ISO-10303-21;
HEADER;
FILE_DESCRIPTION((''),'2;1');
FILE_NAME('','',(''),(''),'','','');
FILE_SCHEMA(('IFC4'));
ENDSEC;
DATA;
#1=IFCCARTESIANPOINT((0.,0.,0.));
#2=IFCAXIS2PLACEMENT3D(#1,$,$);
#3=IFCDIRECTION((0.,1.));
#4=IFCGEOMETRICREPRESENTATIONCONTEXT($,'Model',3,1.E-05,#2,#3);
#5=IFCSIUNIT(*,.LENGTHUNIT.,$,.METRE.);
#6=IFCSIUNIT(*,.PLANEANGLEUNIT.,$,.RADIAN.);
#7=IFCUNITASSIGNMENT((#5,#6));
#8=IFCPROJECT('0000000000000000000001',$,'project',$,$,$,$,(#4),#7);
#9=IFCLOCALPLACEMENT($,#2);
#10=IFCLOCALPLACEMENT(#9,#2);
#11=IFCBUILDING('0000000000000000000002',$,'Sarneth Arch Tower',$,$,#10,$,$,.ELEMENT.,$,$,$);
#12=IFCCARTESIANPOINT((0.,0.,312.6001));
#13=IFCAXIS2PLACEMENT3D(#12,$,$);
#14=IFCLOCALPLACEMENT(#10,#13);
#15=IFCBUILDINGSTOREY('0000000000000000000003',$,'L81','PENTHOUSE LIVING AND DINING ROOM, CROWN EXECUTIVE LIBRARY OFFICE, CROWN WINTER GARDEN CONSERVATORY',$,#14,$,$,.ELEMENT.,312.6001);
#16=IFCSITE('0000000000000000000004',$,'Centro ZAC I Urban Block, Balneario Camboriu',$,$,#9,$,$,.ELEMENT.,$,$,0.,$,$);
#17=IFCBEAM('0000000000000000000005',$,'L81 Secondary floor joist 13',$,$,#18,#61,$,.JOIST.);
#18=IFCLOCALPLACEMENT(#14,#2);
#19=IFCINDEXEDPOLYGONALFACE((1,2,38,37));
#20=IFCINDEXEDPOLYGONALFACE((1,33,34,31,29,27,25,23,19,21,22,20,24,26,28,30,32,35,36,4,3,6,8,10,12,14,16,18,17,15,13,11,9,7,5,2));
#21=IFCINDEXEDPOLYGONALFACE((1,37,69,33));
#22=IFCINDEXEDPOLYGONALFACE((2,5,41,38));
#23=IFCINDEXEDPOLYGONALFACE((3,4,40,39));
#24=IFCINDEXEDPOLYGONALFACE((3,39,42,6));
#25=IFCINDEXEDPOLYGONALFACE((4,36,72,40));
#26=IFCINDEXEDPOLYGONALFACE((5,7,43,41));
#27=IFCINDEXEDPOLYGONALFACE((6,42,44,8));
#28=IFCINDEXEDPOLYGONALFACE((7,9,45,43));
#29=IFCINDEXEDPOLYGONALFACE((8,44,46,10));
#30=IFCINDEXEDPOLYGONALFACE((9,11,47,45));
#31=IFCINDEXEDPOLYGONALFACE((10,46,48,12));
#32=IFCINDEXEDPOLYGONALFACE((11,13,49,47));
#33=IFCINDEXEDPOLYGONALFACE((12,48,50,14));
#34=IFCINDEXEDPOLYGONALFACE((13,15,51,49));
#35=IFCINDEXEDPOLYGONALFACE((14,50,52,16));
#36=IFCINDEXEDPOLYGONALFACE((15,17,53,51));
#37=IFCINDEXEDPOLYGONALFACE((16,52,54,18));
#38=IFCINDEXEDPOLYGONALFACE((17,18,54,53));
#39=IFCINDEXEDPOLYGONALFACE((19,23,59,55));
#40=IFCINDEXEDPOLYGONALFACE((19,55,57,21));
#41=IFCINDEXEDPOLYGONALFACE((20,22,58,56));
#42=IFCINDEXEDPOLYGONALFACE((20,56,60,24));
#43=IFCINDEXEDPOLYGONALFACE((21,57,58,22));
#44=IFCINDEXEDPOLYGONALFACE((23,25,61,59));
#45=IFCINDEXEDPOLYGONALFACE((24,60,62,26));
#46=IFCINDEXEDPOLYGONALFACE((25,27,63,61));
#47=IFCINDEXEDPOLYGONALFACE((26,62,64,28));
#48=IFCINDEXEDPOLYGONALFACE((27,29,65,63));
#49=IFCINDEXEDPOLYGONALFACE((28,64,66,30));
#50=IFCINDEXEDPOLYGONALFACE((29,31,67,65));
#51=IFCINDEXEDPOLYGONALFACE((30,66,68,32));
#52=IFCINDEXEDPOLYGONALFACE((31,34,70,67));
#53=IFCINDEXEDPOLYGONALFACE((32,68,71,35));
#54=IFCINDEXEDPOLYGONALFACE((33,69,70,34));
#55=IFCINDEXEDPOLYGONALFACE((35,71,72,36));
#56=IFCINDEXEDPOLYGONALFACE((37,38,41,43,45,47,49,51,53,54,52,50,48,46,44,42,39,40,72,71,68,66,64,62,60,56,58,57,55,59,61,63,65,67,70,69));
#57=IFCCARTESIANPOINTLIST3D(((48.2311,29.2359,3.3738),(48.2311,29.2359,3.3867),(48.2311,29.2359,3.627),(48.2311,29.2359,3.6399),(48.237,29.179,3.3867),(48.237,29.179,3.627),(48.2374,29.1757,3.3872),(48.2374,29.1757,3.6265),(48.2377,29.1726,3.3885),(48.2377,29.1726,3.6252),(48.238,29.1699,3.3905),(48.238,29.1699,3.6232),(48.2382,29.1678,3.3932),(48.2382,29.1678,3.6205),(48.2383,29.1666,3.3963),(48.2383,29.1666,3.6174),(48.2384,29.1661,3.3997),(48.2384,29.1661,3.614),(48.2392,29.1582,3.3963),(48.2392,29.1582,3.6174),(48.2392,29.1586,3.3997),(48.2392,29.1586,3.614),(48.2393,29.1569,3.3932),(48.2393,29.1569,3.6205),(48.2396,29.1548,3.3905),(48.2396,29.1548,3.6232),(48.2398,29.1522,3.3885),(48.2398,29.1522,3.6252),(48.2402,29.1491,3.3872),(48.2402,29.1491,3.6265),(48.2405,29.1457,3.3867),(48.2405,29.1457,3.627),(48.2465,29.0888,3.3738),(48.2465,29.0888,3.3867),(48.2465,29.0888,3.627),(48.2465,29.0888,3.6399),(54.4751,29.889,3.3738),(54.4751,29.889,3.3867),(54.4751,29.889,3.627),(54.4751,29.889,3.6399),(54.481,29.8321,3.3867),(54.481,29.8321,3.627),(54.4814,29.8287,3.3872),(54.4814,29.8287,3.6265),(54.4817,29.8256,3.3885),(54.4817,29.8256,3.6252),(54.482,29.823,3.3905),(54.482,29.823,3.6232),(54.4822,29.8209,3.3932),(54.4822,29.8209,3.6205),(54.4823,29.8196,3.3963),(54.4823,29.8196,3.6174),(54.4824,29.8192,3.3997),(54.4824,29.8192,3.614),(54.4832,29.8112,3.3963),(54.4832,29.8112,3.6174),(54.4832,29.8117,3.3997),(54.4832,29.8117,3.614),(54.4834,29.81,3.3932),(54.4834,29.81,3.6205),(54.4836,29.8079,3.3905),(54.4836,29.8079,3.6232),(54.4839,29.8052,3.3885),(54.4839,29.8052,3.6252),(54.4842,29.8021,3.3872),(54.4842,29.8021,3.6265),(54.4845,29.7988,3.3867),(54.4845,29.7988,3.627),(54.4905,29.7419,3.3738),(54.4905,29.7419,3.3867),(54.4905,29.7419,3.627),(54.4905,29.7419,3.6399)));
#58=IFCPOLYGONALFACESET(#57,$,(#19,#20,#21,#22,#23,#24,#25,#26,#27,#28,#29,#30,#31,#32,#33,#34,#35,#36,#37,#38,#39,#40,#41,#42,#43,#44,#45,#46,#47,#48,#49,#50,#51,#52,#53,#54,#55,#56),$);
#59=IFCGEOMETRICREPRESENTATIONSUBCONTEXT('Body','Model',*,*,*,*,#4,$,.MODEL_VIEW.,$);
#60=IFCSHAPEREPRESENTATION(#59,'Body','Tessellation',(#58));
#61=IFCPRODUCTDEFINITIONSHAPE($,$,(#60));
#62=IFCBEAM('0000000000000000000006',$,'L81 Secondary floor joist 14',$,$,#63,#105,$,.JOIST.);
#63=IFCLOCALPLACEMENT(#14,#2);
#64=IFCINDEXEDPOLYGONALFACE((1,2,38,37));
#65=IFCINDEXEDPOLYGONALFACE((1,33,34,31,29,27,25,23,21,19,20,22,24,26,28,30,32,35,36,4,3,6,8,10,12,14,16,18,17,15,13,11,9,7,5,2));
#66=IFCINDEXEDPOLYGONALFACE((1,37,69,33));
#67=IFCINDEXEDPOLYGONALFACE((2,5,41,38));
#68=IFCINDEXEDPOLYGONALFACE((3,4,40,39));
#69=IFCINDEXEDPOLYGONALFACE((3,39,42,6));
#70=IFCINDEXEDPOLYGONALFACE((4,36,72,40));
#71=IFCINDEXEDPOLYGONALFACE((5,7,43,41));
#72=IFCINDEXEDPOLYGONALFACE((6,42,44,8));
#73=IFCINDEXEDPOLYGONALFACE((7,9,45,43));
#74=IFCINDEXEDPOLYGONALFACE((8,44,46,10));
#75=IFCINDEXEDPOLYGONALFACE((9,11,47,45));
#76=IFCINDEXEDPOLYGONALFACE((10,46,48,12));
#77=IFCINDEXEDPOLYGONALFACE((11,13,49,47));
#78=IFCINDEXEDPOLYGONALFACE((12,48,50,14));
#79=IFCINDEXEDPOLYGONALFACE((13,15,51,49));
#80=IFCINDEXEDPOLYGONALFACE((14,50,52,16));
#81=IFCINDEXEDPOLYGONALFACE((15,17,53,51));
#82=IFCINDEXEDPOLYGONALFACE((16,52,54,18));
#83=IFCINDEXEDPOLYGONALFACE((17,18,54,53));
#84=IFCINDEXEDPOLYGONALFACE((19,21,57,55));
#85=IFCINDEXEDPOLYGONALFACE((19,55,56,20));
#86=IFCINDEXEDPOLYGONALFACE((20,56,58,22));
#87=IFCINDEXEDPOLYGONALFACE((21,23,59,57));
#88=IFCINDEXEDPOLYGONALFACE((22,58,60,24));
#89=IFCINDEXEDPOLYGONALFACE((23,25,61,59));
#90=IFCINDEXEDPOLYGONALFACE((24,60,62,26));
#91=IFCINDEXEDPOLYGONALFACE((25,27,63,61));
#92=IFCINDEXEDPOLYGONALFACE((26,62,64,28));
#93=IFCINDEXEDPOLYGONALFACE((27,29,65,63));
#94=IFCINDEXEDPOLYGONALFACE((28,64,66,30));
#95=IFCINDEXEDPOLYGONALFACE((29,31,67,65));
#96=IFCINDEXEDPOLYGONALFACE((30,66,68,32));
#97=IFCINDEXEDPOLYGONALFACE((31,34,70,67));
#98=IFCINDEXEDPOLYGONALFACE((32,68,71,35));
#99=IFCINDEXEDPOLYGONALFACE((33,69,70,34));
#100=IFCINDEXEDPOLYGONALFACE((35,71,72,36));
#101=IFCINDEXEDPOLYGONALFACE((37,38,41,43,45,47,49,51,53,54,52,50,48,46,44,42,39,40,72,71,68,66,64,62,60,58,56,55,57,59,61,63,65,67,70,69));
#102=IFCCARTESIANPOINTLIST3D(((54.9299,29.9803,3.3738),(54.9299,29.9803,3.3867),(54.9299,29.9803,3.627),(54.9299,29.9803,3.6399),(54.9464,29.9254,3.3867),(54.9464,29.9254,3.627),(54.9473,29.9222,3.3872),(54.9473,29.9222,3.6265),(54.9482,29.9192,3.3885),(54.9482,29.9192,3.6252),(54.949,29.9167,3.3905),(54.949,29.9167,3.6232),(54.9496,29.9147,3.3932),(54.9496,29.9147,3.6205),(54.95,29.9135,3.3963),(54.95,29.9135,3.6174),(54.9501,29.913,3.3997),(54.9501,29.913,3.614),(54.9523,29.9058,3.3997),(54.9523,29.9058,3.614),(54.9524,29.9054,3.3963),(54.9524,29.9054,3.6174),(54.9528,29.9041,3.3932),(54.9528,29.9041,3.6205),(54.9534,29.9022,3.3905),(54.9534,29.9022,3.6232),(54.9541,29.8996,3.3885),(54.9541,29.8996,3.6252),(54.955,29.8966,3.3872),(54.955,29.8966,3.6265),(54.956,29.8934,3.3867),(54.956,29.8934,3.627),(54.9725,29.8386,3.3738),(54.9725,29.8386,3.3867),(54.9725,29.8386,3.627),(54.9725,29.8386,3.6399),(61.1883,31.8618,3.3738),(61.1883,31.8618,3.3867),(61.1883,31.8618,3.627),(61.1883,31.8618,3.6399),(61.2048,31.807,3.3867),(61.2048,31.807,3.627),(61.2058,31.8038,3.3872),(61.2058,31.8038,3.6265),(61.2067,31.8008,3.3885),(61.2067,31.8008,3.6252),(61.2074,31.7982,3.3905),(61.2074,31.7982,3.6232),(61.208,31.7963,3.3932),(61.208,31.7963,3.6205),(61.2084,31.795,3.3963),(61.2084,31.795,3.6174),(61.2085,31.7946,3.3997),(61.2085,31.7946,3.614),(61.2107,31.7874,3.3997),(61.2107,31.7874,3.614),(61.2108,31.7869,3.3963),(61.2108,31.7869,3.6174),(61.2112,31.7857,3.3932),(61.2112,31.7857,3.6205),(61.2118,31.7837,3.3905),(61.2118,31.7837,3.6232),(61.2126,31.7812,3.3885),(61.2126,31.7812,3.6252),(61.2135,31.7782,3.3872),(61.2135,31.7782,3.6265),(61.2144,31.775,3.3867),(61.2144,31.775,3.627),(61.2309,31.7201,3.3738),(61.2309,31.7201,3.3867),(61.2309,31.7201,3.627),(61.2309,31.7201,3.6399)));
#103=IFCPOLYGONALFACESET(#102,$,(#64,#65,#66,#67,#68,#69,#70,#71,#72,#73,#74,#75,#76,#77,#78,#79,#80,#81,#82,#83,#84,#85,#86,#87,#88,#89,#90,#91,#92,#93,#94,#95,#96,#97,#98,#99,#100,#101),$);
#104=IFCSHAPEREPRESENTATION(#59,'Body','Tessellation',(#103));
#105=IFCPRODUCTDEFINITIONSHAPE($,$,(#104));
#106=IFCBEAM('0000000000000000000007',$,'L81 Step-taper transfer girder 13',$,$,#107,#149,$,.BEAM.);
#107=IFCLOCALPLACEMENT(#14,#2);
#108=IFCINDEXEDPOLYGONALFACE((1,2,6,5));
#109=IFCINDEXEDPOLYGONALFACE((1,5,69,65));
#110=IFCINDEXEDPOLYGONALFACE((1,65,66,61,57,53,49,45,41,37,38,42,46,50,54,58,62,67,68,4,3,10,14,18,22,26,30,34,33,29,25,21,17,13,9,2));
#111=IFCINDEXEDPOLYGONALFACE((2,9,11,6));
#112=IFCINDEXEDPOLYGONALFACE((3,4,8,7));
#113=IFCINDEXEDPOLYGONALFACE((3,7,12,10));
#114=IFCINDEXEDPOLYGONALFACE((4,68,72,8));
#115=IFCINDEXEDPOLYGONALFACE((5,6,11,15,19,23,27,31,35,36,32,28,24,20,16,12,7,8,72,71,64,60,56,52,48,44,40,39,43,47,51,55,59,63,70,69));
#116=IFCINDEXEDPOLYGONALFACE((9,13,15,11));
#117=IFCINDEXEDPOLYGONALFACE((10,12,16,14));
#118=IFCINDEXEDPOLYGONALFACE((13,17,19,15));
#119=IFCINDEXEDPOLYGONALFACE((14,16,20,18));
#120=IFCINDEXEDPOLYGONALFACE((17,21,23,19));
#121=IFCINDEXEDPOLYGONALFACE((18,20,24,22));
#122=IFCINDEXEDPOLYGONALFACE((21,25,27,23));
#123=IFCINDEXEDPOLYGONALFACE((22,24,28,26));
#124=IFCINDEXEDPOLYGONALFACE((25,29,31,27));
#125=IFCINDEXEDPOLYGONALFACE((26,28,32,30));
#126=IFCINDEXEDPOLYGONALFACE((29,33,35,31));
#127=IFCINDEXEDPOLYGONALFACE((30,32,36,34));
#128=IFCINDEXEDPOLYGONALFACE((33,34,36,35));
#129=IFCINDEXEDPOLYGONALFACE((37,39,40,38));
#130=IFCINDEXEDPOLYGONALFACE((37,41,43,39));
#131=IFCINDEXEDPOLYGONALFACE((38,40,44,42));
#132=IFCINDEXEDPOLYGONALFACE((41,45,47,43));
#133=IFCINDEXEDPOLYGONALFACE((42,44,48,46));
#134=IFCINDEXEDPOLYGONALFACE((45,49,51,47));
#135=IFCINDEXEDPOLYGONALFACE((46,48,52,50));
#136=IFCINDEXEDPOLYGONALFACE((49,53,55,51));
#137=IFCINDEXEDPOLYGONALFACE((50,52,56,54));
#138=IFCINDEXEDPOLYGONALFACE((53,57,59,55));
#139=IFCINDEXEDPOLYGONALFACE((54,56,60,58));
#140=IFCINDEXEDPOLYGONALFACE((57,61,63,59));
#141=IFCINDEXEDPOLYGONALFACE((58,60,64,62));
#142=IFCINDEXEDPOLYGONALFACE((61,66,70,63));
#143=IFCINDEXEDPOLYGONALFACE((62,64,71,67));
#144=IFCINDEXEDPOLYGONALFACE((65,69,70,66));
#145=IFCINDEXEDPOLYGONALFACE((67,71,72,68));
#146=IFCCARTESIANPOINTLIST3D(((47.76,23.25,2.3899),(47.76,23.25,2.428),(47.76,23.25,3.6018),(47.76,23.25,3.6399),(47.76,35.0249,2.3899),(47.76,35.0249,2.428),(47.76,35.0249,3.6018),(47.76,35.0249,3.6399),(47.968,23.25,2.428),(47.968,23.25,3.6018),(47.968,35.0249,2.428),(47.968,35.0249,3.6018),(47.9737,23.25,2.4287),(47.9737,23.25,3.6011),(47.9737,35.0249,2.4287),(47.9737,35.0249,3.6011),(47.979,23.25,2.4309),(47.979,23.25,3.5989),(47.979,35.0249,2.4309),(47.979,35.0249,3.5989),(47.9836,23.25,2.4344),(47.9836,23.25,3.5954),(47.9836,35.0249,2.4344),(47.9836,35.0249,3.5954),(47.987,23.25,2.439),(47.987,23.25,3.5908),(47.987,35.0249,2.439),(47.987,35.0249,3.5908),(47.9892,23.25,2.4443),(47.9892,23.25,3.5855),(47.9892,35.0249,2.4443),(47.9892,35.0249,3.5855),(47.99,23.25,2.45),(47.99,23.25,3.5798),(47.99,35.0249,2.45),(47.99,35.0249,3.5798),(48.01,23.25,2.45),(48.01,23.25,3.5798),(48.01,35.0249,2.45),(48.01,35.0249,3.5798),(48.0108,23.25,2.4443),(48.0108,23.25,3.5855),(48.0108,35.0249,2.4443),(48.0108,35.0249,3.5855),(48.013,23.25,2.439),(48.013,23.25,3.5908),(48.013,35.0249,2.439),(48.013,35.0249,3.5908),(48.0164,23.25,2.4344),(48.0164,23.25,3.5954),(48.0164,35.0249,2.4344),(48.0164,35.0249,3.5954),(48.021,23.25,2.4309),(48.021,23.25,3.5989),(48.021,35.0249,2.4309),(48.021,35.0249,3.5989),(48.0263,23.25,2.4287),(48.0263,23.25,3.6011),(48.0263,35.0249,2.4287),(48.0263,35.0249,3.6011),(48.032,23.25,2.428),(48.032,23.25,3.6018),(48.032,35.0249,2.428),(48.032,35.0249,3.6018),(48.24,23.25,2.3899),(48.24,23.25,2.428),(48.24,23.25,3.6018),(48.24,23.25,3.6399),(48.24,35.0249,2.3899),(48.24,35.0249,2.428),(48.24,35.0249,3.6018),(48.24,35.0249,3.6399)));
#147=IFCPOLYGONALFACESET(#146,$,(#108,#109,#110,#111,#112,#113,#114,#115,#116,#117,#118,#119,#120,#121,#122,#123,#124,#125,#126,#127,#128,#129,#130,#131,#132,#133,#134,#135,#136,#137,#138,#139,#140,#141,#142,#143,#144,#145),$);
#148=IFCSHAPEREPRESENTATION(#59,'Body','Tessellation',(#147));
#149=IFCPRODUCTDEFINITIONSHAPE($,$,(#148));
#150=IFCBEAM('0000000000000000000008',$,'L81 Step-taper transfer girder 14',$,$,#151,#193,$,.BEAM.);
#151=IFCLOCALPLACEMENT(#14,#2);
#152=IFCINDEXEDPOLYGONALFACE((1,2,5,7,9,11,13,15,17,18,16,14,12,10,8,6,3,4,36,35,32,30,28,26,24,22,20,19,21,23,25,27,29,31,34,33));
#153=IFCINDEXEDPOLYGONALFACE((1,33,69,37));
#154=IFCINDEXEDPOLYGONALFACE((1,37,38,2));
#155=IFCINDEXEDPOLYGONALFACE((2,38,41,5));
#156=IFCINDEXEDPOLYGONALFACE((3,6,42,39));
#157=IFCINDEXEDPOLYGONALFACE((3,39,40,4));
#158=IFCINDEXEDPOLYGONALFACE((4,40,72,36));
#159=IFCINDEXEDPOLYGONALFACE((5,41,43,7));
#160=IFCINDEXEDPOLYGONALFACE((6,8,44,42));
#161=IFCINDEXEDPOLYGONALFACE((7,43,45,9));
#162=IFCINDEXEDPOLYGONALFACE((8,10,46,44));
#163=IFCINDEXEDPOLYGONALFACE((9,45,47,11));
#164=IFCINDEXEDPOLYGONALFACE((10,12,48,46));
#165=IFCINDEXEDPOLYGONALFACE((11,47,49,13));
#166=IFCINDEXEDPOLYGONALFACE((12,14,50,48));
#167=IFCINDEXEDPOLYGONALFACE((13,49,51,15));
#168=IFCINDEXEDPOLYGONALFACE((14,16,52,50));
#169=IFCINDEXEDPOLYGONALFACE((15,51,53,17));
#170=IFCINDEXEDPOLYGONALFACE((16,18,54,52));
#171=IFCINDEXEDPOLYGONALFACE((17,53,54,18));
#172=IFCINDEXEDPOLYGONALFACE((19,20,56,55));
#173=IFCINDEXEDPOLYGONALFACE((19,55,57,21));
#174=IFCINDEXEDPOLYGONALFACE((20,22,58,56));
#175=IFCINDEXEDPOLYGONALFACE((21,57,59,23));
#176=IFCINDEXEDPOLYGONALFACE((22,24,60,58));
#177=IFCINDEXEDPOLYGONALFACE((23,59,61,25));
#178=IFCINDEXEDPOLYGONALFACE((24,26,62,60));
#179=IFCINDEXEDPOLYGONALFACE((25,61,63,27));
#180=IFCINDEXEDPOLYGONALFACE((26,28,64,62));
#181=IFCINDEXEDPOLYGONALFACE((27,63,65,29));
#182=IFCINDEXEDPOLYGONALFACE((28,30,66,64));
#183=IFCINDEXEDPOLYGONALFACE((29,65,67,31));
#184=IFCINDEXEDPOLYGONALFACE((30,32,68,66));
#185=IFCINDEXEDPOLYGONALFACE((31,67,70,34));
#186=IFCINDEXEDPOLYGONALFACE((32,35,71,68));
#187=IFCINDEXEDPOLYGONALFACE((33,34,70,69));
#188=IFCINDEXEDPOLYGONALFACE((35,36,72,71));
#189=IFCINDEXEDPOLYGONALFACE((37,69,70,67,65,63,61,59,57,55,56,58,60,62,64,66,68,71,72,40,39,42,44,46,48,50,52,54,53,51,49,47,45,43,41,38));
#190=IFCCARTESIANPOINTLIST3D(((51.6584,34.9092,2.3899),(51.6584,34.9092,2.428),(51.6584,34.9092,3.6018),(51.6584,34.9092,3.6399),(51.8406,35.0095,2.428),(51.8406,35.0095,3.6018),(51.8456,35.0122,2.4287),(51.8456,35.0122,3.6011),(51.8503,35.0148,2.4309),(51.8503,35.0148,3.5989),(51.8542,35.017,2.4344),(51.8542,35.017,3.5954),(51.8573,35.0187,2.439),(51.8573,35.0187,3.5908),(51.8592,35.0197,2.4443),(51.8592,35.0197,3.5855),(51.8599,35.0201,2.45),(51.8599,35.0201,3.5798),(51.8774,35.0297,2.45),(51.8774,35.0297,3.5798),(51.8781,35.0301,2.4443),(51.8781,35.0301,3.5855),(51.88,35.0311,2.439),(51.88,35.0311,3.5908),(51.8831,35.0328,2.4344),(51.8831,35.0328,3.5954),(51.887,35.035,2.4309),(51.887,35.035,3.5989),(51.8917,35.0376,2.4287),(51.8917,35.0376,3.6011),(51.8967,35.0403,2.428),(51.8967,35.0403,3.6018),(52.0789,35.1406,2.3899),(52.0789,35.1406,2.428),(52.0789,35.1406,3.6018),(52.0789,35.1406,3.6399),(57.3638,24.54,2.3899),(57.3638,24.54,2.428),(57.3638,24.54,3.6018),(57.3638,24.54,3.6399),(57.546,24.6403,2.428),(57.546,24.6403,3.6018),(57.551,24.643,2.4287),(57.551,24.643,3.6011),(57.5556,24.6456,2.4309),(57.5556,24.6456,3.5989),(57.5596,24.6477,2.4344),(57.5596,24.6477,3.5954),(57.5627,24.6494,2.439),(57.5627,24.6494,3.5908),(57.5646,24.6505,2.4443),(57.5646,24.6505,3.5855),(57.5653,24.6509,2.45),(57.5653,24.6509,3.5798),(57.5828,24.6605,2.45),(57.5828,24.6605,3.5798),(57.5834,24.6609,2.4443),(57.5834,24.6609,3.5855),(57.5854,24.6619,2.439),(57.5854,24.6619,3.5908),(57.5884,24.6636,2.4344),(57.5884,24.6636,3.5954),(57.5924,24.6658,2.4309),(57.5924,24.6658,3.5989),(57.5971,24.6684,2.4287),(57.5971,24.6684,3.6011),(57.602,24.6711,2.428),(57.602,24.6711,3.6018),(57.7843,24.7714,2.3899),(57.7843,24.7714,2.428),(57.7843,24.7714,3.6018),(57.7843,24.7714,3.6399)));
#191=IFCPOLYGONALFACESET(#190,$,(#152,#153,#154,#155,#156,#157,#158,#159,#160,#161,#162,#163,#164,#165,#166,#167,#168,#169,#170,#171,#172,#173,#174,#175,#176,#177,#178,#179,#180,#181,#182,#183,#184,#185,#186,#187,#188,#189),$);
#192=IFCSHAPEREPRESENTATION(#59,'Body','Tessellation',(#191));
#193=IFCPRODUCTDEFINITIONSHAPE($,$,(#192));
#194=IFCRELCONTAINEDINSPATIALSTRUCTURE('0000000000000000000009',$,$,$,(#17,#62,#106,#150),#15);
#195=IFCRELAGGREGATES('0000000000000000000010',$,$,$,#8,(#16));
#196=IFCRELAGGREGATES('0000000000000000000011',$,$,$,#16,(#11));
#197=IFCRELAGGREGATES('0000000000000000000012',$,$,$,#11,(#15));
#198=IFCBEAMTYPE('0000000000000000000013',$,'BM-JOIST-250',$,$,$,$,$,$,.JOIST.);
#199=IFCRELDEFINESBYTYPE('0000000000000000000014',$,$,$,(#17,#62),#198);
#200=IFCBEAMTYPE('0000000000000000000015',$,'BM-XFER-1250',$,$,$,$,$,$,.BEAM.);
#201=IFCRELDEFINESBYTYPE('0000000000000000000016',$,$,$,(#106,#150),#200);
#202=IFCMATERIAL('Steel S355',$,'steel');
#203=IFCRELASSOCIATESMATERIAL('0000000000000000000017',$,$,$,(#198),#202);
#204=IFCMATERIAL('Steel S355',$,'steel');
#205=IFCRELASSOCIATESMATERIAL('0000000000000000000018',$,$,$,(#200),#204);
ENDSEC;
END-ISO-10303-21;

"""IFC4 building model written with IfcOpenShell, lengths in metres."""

from ifc_helpers import new_model, si_unit, direction, frame, origin, origin_2d, place, context, subcontext, project, spatial, i_section, extrude, material, material_profile, profile_set, type_object, element, save


model = new_model("IFC4")

# Units and contexts
model_context = context("Model", 3, precision=1e-05, world=origin(), true_north=direction((0.0, 1.0)))
body_context = subcontext(model_context, "Body", "Model", "MODEL_VIEW")
ifc_project = project(units=[si_unit("LENGTHUNIT", "METRE"), si_unit("PLANEANGLEUNIT", "RADIAN")], contexts=[model_context])

# Site, building, storey
site_placement = place(None, origin())
site = spatial("IfcSite", under=ifc_project, at=site_placement, Name="Centro ZAC I Urban Block, Balneario Camboriu", CompositionType="ELEMENT", RefElevation=0.0)
building_placement = place(site_placement, origin())
building = spatial("IfcBuilding", under=site, at=building_placement, Name="Sarneth Arch Tower", CompositionType="ELEMENT")
storey_placement = place(building_placement, frame((0.0, 0.0, 312.6001)))
storey = spatial("IfcBuildingStorey", under=building, at=storey_placement, Name="L81", Description="PENTHOUSE LIVING AND DINING ROOM, CROWN EXECUTIVE LIBRARY OFFICE, CROWN WINTER GARDEN CONSERVATORY", CompositionType="ELEMENT", Elevation=312.6001)

# Beams
ifc_material_1 = material(Name="Steel S355", Category="steel")
ifc_material_profile_1 = material_profile(ifc_material_1, i_section(OverallWidth=0.1479, OverallDepth=0.2661, WebThickness=0.0076, FlangeThickness=0.0129, FilletRadius=0.0129, at=origin_2d()), Name="W250x44.8")
ifc_profile_set_1 = profile_set([ifc_material_profile_1], Name="Steel S355")
beam_type_1 = type_object("IfcBeamType", Name="BM-JOIST-250", PredefinedType="JOIST", material=ifc_profile_set_1)
beam_1_placement = place(storey_placement, frame((48.2388, 29.1624, 3.5068), z_axis=(0.994574, 0.104027, 0.0), x_axis=(-0.104027, 0.994574, 0.0)))
element("IfcBeam", 1, at=beam_1_placement, inside=storey, type_object=beam_type_1, Name="L81 Secondary floor joist 13", PredefinedType="JOIST", context=body_context, shape_type="SweptSolid", body=[
    extrude(i_section(OverallWidth=0.1479, OverallDepth=0.2661, WebThickness=0.0076, FlangeThickness=0.0129, FilletRadius=0.0129, at=origin_2d()), origin(), (0.0, 0.0, 1.0), 6.2781),
])
beam_2_placement = place(storey_placement, frame((54.9512, 29.9094, 3.5068), z_axis=(0.957656, 0.287913, 0.0), x_axis=(-0.287913, 0.957656, 0.0)))
element("IfcBeam", 2, at=beam_2_placement, inside=storey, type_object=beam_type_1, Name="L81 Secondary floor joist 14", PredefinedType="JOIST", context=body_context, shape_type="SweptSolid", body=[
    extrude(i_section(OverallWidth=0.1479, OverallDepth=0.2661, WebThickness=0.0076, FlangeThickness=0.0129, FilletRadius=0.0129, at=origin_2d()), origin(), (0.0, 0.0, 1.0), 6.5352),
])
ifc_material_2 = material(Name="Steel S355", Category="steel")
ifc_material_profile_2 = material_profile(ifc_material_2, i_section(OverallWidth=0.48, OverallDepth=1.25, WebThickness=0.02, FlangeThickness=0.0381, FilletRadius=0.022, at=origin_2d()), Name="CVS1250x520")
ifc_profile_set_2 = profile_set([ifc_material_profile_2], Name="Steel S355")
beam_type_2 = type_object("IfcBeamType", Name="BM-XFER-1250", PredefinedType="BEAM", material=ifc_profile_set_2)
beam_3_placement = place(storey_placement, frame((48.0, 35.0249, 3.0149), z_axis=(0.0, -1.0, 0.0), x_axis=(1.0, 0.0, 0.0)))
element("IfcBeam", 3, at=beam_3_placement, inside=storey, type_object=beam_type_2, Name="L81 Step-taper transfer girder 13", PredefinedType="BEAM", context=body_context, shape_type="SweptSolid", body=[
    extrude(i_section(OverallWidth=0.48, OverallDepth=1.25, WebThickness=0.02, FlangeThickness=0.0381, FilletRadius=0.022, at=origin_2d()), origin(), (0.0, 0.0, 1.0), 11.7749),
])
beam_4_placement = place(storey_placement, frame((51.8687, 35.0249, 3.0149), z_axis=(0.482068, -0.876134, 0.0), x_axis=(0.876134, 0.482068, 0.0)))
element("IfcBeam", 4, at=beam_4_placement, inside=storey, type_object=beam_type_2, Name="L81 Step-taper transfer girder 14", PredefinedType="BEAM", context=body_context, shape_type="SweptSolid", body=[
    extrude(i_section(OverallWidth=0.48, OverallDepth=1.25, WebThickness=0.02, FlangeThickness=0.0381, FilletRadius=0.022, at=origin_2d()), origin(), (0.0, 0.0, 1.0), 11.8352),
])

save(model, "model.ifc")
